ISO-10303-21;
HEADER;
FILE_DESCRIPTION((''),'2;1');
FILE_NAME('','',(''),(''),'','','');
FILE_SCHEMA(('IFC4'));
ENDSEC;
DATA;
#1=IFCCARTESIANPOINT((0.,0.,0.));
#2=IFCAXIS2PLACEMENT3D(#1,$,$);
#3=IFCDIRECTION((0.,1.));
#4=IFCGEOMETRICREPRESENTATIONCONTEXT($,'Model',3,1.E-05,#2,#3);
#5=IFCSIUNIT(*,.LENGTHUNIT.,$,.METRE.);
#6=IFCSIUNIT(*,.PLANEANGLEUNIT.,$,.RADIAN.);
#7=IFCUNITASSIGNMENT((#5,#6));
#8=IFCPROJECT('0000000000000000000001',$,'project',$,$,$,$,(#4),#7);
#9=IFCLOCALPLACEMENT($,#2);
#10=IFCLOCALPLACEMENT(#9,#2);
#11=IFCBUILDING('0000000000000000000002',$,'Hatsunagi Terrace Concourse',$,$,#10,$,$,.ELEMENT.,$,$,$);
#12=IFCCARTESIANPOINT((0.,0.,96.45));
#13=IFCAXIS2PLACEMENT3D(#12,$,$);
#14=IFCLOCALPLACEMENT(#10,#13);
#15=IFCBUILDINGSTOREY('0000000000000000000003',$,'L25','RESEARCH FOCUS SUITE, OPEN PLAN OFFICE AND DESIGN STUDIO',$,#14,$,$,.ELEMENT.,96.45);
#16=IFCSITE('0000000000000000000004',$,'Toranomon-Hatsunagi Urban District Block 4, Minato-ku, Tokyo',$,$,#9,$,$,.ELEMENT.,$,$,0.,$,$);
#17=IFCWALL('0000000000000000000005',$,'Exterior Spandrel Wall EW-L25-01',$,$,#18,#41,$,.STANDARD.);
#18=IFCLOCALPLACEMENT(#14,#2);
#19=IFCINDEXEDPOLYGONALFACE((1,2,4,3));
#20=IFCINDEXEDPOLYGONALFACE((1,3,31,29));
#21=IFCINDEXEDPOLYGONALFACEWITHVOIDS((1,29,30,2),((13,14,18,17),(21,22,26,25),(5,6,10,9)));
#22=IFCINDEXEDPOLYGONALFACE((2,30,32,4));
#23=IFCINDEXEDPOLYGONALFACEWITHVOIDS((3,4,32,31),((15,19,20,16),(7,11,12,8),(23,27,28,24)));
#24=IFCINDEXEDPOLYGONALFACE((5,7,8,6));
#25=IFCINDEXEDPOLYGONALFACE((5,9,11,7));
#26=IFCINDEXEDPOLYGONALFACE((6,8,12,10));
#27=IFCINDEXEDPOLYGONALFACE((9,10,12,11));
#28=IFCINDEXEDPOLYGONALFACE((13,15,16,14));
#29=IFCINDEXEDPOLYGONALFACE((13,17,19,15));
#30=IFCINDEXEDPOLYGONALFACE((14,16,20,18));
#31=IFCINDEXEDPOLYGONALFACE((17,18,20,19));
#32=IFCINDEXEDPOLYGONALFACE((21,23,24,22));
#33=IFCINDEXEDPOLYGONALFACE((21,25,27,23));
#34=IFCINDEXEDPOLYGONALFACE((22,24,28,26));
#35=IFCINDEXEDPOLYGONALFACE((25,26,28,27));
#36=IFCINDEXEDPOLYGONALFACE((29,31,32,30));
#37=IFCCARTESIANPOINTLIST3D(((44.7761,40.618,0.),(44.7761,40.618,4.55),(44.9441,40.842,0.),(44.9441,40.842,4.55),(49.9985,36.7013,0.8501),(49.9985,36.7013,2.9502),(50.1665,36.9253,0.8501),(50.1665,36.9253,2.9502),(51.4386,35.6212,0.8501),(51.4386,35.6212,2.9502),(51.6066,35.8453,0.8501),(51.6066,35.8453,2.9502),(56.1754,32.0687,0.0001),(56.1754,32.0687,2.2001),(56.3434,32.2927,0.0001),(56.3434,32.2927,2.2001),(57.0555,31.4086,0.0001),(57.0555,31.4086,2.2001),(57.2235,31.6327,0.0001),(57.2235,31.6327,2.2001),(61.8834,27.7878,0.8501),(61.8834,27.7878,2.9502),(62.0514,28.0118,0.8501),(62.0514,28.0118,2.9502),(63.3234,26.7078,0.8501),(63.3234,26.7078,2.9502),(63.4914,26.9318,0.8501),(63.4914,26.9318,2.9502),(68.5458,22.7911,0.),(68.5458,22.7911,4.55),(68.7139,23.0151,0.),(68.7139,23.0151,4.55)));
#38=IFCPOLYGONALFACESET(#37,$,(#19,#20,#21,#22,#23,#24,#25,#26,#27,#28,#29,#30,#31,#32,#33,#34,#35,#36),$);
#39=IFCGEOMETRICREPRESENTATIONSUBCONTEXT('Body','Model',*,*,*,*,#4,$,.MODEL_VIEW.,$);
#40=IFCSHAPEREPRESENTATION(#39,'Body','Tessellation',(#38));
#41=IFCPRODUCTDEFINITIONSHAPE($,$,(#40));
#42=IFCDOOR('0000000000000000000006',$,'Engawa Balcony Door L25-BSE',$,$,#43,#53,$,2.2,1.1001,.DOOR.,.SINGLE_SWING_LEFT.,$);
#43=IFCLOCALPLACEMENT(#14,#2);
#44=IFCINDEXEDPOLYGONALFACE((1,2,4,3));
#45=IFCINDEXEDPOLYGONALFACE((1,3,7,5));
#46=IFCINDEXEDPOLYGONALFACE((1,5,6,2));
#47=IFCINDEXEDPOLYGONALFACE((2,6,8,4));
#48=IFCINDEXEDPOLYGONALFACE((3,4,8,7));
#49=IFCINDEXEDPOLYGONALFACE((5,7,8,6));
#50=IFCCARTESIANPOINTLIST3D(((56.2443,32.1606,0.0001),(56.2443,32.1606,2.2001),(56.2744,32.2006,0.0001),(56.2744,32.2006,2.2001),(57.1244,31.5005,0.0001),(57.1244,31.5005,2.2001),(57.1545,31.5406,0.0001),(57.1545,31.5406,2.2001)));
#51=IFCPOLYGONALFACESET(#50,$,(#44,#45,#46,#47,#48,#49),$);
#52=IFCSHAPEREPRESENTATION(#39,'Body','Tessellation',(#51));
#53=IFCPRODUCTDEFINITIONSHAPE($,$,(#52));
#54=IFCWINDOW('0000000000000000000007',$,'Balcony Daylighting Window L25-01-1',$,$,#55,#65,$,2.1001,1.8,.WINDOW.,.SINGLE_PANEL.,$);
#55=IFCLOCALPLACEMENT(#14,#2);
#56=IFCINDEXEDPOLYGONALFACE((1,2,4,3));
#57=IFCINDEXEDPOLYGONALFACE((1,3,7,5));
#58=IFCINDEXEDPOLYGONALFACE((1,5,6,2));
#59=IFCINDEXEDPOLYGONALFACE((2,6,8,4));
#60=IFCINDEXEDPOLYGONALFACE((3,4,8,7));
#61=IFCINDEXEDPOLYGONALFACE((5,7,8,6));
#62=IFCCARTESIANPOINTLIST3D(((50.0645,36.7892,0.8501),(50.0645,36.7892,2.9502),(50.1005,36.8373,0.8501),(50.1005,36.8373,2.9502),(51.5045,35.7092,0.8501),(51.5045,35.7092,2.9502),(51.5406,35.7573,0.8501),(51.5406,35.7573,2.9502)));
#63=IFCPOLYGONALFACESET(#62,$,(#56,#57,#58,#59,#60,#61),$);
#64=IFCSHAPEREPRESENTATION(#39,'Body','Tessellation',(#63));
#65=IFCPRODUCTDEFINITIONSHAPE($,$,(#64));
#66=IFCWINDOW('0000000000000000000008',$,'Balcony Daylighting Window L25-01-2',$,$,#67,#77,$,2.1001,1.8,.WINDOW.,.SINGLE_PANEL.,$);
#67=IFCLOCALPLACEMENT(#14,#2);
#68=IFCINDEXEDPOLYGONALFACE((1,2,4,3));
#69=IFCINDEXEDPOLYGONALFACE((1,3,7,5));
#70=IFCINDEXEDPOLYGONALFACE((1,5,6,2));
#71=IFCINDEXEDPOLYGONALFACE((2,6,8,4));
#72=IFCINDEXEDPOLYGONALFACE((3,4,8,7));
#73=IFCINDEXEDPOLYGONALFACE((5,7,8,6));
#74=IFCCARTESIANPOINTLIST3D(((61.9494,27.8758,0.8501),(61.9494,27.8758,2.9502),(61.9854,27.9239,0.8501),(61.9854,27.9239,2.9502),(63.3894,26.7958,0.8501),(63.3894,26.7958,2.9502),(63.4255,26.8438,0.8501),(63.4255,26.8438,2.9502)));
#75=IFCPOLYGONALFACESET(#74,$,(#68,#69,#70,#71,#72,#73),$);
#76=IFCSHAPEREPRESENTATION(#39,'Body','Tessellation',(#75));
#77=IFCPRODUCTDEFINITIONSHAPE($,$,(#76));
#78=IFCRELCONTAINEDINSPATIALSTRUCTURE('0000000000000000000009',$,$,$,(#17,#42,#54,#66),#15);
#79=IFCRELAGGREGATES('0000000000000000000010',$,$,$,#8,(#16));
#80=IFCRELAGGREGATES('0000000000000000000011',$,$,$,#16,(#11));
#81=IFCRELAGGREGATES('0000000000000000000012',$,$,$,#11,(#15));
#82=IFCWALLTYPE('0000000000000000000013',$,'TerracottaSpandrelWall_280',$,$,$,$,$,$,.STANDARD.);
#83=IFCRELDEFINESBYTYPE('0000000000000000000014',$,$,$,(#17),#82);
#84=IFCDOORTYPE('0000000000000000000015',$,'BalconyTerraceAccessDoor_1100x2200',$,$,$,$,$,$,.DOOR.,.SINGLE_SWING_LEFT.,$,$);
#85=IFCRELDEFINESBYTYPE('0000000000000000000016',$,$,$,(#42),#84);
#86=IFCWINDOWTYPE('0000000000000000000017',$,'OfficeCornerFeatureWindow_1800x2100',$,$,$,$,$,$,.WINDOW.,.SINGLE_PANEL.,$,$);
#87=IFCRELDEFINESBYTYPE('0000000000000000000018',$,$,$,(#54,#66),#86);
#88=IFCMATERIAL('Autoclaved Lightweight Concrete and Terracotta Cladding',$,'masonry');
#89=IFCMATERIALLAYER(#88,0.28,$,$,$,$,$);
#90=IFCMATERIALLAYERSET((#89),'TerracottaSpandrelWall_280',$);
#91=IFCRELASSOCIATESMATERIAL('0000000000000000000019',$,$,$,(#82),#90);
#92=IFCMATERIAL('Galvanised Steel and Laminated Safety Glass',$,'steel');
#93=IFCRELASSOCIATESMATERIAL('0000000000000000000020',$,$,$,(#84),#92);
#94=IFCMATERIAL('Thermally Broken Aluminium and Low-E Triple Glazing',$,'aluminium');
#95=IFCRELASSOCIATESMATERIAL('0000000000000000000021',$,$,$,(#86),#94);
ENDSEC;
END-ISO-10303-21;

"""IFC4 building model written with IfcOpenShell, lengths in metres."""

from ifc_helpers import new_model, si_unit, direction, frame, frame_2d, origin, place, context, subcontext, project, spatial, rectangle, extrude, material, layer, layer_set, type_object, element, fill, save


model = new_model("IFC4")

# Units and contexts
model_context = context("Model", 3, precision=1e-05, world=origin(), true_north=direction((0.0, 1.0)))
body_context = subcontext(model_context, "Body", "Model", "MODEL_VIEW")
ifc_project = project(units=[si_unit("LENGTHUNIT", "METRE"), si_unit("PLANEANGLEUNIT", "RADIAN")], contexts=[model_context])

# Site, building, storey
site_placement = place(None, origin())
site = spatial("IfcSite", under=ifc_project, at=site_placement, Name="Toranomon-Hatsunagi Urban District Block 4, Minato-ku, Tokyo", CompositionType="ELEMENT", RefElevation=0.0)
building_placement = place(site_placement, origin())
building = spatial("IfcBuilding", under=site, at=building_placement, Name="Hatsunagi Terrace Concourse", CompositionType="ELEMENT")
storey_placement = place(building_placement, frame((0.0, 0.0, 96.45)))
storey = spatial("IfcBuildingStorey", under=building, at=storey_placement, Name="L25", Description="RESEARCH FOCUS SUITE, OPEN PLAN OFFICE AND DESIGN STUDIO", CompositionType="ELEMENT", Elevation=96.45)

# Wall, openings, door, windows
ifc_material_1 = material(Name="Autoclaved Lightweight Concrete and Terracotta Cladding", Category="masonry")
ifc_layer_1 = layer(ifc_material_1, 0.28)
ifc_layer_set_1 = layer_set([ifc_layer_1], Name="TerracottaSpandrelWall_280")
wall_type_1 = type_object("IfcWallType", Name="TerracottaSpandrelWall_280", PredefinedType="STANDARD", material=ifc_layer_set_1)
wall_1_placement = place(storey_placement, frame((44.8601, 40.73, 0.0), z_axis=(0.0, 0.0, 1.0), x_axis=(0.800007, -0.599991, 0.0)))
wall_1 = element("IfcWall", 1, at=wall_1_placement, inside=storey, type_object=wall_type_1, Name="Exterior Spandrel Wall EW-L25-01", PredefinedType="STANDARD", context=body_context, shape_type="SweptSolid", body=[
    extrude(rectangle(XDim=29.7119, YDim=0.28, at=frame_2d((14.856, 0.0))), origin(), (0.0, 0.0, 1.0), 4.55),
])
opening_1_placement = place(wall_1_placement, frame((14.249, 0.0, 0.0)))
opening_1 = element("IfcOpeningElement", 2, at=opening_1_placement, cuts=wall_1, PredefinedType="OPENING", context=body_context, shape_type="SweptSolid", body=[
    extrude(rectangle(XDim=1.1001, YDim=2.2, at=frame_2d((0.55, 1.1001))), frame((0.0, 0.1499, 0.0), z_axis=(0.0, -1.0, 0.0), x_axis=(1.0, 0.0, 0.0)), (0.0, 0.0, 1.0), 0.3),
])
opening_2_placement = place(wall_1_placement, frame((6.5281, 0.0, 0.8501)))
opening_2 = element("IfcOpeningElement", 3, at=opening_2_placement, cuts=wall_1, PredefinedType="OPENING", context=body_context, shape_type="SweptSolid", body=[
    extrude(rectangle(XDim=1.8, YDim=2.1001, at=frame_2d((0.8999, 1.05))), frame((0.0, 0.1499, 0.0), z_axis=(0.0, -1.0, 0.0), x_axis=(1.0, 0.0, 0.0)), (0.0, 0.0, 1.0), 0.3),
])
opening_3_placement = place(wall_1_placement, frame((21.384, 0.0, 0.8501)))
opening_3 = element("IfcOpeningElement", 4, at=opening_3_placement, cuts=wall_1, PredefinedType="OPENING", context=body_context, shape_type="SweptSolid", body=[
    extrude(rectangle(XDim=1.8, YDim=2.1001, at=frame_2d((0.8999, 1.05))), frame((0.0, 0.1499, 0.0), z_axis=(0.0, -1.0, 0.0), x_axis=(1.0, 0.0, 0.0)), (0.0, 0.0, 1.0), 0.3),
])
ifc_material_2 = material(Name="Galvanised Steel and Laminated Safety Glass", Category="steel")
door_type = type_object("IfcDoorType", Name="BalconyTerraceAccessDoor_1100x2200", OperationType="SINGLE_SWING_LEFT", PredefinedType="DOOR", material=ifc_material_2)
door_placement = place(opening_1_placement, origin())
door = element("IfcDoor", 5, at=door_placement, inside=storey, type_object=door_type, Name="Engawa Balcony Door L25-BSE", OperationType="SINGLE_SWING_LEFT", OverallHeight=2.2, OverallWidth=1.1001, PredefinedType="DOOR", context=body_context, shape_type="SweptSolid", body=[
    extrude(rectangle(XDim=1.1001, YDim=2.2, at=frame_2d((0.55, 1.1001))), frame((0.0, 0.0249, 0.0), z_axis=(0.0, -1.0, 0.0), x_axis=(1.0, 0.0, 0.0)), (0.0, 0.0, 1.0), 0.05),
])
fill(opening_1, door)
ifc_material_3 = material(Name="Thermally Broken Aluminium and Low-E Triple Glazing", Category="aluminium")
window_type = type_object("IfcWindowType", Name="OfficeCornerFeatureWindow_1800x2100", PartitioningType="SINGLE_PANEL", PredefinedType="WINDOW", material=ifc_material_3)
window_1_placement = place(opening_2_placement, origin())
window_1 = element("IfcWindow", 6, at=window_1_placement, inside=storey, type_object=window_type, Name="Balcony Daylighting Window L25-01-1", OverallHeight=2.1001, OverallWidth=1.8, PartitioningType="SINGLE_PANEL", PredefinedType="WINDOW", context=body_context, shape_type="SweptSolid", body=[
    extrude(rectangle(XDim=1.8, YDim=2.1001, at=frame_2d((0.8999, 1.05))), frame((0.0, 0.03, 0.0), z_axis=(0.0, -1.0, 0.0), x_axis=(1.0, 0.0, 0.0)), (0.0, 0.0, 1.0), 0.0601),
])
fill(opening_2, window_1)
window_2_placement = place(opening_3_placement, origin())
window_2 = element("IfcWindow", 7, at=window_2_placement, inside=storey, type_object=window_type, Name="Balcony Daylighting Window L25-01-2", OverallHeight=2.1001, OverallWidth=1.8, PartitioningType="SINGLE_PANEL", PredefinedType="WINDOW", context=body_context, shape_type="SweptSolid", body=[
    extrude(rectangle(XDim=1.8, YDim=2.1001, at=frame_2d((0.8999, 1.05))), frame((0.0, 0.03, 0.0), z_axis=(0.0, -1.0, 0.0), x_axis=(1.0, 0.0, 0.0)), (0.0, 0.0, 1.0), 0.0601),
])
fill(opening_3, window_2)

save(model, "model.ifc")
